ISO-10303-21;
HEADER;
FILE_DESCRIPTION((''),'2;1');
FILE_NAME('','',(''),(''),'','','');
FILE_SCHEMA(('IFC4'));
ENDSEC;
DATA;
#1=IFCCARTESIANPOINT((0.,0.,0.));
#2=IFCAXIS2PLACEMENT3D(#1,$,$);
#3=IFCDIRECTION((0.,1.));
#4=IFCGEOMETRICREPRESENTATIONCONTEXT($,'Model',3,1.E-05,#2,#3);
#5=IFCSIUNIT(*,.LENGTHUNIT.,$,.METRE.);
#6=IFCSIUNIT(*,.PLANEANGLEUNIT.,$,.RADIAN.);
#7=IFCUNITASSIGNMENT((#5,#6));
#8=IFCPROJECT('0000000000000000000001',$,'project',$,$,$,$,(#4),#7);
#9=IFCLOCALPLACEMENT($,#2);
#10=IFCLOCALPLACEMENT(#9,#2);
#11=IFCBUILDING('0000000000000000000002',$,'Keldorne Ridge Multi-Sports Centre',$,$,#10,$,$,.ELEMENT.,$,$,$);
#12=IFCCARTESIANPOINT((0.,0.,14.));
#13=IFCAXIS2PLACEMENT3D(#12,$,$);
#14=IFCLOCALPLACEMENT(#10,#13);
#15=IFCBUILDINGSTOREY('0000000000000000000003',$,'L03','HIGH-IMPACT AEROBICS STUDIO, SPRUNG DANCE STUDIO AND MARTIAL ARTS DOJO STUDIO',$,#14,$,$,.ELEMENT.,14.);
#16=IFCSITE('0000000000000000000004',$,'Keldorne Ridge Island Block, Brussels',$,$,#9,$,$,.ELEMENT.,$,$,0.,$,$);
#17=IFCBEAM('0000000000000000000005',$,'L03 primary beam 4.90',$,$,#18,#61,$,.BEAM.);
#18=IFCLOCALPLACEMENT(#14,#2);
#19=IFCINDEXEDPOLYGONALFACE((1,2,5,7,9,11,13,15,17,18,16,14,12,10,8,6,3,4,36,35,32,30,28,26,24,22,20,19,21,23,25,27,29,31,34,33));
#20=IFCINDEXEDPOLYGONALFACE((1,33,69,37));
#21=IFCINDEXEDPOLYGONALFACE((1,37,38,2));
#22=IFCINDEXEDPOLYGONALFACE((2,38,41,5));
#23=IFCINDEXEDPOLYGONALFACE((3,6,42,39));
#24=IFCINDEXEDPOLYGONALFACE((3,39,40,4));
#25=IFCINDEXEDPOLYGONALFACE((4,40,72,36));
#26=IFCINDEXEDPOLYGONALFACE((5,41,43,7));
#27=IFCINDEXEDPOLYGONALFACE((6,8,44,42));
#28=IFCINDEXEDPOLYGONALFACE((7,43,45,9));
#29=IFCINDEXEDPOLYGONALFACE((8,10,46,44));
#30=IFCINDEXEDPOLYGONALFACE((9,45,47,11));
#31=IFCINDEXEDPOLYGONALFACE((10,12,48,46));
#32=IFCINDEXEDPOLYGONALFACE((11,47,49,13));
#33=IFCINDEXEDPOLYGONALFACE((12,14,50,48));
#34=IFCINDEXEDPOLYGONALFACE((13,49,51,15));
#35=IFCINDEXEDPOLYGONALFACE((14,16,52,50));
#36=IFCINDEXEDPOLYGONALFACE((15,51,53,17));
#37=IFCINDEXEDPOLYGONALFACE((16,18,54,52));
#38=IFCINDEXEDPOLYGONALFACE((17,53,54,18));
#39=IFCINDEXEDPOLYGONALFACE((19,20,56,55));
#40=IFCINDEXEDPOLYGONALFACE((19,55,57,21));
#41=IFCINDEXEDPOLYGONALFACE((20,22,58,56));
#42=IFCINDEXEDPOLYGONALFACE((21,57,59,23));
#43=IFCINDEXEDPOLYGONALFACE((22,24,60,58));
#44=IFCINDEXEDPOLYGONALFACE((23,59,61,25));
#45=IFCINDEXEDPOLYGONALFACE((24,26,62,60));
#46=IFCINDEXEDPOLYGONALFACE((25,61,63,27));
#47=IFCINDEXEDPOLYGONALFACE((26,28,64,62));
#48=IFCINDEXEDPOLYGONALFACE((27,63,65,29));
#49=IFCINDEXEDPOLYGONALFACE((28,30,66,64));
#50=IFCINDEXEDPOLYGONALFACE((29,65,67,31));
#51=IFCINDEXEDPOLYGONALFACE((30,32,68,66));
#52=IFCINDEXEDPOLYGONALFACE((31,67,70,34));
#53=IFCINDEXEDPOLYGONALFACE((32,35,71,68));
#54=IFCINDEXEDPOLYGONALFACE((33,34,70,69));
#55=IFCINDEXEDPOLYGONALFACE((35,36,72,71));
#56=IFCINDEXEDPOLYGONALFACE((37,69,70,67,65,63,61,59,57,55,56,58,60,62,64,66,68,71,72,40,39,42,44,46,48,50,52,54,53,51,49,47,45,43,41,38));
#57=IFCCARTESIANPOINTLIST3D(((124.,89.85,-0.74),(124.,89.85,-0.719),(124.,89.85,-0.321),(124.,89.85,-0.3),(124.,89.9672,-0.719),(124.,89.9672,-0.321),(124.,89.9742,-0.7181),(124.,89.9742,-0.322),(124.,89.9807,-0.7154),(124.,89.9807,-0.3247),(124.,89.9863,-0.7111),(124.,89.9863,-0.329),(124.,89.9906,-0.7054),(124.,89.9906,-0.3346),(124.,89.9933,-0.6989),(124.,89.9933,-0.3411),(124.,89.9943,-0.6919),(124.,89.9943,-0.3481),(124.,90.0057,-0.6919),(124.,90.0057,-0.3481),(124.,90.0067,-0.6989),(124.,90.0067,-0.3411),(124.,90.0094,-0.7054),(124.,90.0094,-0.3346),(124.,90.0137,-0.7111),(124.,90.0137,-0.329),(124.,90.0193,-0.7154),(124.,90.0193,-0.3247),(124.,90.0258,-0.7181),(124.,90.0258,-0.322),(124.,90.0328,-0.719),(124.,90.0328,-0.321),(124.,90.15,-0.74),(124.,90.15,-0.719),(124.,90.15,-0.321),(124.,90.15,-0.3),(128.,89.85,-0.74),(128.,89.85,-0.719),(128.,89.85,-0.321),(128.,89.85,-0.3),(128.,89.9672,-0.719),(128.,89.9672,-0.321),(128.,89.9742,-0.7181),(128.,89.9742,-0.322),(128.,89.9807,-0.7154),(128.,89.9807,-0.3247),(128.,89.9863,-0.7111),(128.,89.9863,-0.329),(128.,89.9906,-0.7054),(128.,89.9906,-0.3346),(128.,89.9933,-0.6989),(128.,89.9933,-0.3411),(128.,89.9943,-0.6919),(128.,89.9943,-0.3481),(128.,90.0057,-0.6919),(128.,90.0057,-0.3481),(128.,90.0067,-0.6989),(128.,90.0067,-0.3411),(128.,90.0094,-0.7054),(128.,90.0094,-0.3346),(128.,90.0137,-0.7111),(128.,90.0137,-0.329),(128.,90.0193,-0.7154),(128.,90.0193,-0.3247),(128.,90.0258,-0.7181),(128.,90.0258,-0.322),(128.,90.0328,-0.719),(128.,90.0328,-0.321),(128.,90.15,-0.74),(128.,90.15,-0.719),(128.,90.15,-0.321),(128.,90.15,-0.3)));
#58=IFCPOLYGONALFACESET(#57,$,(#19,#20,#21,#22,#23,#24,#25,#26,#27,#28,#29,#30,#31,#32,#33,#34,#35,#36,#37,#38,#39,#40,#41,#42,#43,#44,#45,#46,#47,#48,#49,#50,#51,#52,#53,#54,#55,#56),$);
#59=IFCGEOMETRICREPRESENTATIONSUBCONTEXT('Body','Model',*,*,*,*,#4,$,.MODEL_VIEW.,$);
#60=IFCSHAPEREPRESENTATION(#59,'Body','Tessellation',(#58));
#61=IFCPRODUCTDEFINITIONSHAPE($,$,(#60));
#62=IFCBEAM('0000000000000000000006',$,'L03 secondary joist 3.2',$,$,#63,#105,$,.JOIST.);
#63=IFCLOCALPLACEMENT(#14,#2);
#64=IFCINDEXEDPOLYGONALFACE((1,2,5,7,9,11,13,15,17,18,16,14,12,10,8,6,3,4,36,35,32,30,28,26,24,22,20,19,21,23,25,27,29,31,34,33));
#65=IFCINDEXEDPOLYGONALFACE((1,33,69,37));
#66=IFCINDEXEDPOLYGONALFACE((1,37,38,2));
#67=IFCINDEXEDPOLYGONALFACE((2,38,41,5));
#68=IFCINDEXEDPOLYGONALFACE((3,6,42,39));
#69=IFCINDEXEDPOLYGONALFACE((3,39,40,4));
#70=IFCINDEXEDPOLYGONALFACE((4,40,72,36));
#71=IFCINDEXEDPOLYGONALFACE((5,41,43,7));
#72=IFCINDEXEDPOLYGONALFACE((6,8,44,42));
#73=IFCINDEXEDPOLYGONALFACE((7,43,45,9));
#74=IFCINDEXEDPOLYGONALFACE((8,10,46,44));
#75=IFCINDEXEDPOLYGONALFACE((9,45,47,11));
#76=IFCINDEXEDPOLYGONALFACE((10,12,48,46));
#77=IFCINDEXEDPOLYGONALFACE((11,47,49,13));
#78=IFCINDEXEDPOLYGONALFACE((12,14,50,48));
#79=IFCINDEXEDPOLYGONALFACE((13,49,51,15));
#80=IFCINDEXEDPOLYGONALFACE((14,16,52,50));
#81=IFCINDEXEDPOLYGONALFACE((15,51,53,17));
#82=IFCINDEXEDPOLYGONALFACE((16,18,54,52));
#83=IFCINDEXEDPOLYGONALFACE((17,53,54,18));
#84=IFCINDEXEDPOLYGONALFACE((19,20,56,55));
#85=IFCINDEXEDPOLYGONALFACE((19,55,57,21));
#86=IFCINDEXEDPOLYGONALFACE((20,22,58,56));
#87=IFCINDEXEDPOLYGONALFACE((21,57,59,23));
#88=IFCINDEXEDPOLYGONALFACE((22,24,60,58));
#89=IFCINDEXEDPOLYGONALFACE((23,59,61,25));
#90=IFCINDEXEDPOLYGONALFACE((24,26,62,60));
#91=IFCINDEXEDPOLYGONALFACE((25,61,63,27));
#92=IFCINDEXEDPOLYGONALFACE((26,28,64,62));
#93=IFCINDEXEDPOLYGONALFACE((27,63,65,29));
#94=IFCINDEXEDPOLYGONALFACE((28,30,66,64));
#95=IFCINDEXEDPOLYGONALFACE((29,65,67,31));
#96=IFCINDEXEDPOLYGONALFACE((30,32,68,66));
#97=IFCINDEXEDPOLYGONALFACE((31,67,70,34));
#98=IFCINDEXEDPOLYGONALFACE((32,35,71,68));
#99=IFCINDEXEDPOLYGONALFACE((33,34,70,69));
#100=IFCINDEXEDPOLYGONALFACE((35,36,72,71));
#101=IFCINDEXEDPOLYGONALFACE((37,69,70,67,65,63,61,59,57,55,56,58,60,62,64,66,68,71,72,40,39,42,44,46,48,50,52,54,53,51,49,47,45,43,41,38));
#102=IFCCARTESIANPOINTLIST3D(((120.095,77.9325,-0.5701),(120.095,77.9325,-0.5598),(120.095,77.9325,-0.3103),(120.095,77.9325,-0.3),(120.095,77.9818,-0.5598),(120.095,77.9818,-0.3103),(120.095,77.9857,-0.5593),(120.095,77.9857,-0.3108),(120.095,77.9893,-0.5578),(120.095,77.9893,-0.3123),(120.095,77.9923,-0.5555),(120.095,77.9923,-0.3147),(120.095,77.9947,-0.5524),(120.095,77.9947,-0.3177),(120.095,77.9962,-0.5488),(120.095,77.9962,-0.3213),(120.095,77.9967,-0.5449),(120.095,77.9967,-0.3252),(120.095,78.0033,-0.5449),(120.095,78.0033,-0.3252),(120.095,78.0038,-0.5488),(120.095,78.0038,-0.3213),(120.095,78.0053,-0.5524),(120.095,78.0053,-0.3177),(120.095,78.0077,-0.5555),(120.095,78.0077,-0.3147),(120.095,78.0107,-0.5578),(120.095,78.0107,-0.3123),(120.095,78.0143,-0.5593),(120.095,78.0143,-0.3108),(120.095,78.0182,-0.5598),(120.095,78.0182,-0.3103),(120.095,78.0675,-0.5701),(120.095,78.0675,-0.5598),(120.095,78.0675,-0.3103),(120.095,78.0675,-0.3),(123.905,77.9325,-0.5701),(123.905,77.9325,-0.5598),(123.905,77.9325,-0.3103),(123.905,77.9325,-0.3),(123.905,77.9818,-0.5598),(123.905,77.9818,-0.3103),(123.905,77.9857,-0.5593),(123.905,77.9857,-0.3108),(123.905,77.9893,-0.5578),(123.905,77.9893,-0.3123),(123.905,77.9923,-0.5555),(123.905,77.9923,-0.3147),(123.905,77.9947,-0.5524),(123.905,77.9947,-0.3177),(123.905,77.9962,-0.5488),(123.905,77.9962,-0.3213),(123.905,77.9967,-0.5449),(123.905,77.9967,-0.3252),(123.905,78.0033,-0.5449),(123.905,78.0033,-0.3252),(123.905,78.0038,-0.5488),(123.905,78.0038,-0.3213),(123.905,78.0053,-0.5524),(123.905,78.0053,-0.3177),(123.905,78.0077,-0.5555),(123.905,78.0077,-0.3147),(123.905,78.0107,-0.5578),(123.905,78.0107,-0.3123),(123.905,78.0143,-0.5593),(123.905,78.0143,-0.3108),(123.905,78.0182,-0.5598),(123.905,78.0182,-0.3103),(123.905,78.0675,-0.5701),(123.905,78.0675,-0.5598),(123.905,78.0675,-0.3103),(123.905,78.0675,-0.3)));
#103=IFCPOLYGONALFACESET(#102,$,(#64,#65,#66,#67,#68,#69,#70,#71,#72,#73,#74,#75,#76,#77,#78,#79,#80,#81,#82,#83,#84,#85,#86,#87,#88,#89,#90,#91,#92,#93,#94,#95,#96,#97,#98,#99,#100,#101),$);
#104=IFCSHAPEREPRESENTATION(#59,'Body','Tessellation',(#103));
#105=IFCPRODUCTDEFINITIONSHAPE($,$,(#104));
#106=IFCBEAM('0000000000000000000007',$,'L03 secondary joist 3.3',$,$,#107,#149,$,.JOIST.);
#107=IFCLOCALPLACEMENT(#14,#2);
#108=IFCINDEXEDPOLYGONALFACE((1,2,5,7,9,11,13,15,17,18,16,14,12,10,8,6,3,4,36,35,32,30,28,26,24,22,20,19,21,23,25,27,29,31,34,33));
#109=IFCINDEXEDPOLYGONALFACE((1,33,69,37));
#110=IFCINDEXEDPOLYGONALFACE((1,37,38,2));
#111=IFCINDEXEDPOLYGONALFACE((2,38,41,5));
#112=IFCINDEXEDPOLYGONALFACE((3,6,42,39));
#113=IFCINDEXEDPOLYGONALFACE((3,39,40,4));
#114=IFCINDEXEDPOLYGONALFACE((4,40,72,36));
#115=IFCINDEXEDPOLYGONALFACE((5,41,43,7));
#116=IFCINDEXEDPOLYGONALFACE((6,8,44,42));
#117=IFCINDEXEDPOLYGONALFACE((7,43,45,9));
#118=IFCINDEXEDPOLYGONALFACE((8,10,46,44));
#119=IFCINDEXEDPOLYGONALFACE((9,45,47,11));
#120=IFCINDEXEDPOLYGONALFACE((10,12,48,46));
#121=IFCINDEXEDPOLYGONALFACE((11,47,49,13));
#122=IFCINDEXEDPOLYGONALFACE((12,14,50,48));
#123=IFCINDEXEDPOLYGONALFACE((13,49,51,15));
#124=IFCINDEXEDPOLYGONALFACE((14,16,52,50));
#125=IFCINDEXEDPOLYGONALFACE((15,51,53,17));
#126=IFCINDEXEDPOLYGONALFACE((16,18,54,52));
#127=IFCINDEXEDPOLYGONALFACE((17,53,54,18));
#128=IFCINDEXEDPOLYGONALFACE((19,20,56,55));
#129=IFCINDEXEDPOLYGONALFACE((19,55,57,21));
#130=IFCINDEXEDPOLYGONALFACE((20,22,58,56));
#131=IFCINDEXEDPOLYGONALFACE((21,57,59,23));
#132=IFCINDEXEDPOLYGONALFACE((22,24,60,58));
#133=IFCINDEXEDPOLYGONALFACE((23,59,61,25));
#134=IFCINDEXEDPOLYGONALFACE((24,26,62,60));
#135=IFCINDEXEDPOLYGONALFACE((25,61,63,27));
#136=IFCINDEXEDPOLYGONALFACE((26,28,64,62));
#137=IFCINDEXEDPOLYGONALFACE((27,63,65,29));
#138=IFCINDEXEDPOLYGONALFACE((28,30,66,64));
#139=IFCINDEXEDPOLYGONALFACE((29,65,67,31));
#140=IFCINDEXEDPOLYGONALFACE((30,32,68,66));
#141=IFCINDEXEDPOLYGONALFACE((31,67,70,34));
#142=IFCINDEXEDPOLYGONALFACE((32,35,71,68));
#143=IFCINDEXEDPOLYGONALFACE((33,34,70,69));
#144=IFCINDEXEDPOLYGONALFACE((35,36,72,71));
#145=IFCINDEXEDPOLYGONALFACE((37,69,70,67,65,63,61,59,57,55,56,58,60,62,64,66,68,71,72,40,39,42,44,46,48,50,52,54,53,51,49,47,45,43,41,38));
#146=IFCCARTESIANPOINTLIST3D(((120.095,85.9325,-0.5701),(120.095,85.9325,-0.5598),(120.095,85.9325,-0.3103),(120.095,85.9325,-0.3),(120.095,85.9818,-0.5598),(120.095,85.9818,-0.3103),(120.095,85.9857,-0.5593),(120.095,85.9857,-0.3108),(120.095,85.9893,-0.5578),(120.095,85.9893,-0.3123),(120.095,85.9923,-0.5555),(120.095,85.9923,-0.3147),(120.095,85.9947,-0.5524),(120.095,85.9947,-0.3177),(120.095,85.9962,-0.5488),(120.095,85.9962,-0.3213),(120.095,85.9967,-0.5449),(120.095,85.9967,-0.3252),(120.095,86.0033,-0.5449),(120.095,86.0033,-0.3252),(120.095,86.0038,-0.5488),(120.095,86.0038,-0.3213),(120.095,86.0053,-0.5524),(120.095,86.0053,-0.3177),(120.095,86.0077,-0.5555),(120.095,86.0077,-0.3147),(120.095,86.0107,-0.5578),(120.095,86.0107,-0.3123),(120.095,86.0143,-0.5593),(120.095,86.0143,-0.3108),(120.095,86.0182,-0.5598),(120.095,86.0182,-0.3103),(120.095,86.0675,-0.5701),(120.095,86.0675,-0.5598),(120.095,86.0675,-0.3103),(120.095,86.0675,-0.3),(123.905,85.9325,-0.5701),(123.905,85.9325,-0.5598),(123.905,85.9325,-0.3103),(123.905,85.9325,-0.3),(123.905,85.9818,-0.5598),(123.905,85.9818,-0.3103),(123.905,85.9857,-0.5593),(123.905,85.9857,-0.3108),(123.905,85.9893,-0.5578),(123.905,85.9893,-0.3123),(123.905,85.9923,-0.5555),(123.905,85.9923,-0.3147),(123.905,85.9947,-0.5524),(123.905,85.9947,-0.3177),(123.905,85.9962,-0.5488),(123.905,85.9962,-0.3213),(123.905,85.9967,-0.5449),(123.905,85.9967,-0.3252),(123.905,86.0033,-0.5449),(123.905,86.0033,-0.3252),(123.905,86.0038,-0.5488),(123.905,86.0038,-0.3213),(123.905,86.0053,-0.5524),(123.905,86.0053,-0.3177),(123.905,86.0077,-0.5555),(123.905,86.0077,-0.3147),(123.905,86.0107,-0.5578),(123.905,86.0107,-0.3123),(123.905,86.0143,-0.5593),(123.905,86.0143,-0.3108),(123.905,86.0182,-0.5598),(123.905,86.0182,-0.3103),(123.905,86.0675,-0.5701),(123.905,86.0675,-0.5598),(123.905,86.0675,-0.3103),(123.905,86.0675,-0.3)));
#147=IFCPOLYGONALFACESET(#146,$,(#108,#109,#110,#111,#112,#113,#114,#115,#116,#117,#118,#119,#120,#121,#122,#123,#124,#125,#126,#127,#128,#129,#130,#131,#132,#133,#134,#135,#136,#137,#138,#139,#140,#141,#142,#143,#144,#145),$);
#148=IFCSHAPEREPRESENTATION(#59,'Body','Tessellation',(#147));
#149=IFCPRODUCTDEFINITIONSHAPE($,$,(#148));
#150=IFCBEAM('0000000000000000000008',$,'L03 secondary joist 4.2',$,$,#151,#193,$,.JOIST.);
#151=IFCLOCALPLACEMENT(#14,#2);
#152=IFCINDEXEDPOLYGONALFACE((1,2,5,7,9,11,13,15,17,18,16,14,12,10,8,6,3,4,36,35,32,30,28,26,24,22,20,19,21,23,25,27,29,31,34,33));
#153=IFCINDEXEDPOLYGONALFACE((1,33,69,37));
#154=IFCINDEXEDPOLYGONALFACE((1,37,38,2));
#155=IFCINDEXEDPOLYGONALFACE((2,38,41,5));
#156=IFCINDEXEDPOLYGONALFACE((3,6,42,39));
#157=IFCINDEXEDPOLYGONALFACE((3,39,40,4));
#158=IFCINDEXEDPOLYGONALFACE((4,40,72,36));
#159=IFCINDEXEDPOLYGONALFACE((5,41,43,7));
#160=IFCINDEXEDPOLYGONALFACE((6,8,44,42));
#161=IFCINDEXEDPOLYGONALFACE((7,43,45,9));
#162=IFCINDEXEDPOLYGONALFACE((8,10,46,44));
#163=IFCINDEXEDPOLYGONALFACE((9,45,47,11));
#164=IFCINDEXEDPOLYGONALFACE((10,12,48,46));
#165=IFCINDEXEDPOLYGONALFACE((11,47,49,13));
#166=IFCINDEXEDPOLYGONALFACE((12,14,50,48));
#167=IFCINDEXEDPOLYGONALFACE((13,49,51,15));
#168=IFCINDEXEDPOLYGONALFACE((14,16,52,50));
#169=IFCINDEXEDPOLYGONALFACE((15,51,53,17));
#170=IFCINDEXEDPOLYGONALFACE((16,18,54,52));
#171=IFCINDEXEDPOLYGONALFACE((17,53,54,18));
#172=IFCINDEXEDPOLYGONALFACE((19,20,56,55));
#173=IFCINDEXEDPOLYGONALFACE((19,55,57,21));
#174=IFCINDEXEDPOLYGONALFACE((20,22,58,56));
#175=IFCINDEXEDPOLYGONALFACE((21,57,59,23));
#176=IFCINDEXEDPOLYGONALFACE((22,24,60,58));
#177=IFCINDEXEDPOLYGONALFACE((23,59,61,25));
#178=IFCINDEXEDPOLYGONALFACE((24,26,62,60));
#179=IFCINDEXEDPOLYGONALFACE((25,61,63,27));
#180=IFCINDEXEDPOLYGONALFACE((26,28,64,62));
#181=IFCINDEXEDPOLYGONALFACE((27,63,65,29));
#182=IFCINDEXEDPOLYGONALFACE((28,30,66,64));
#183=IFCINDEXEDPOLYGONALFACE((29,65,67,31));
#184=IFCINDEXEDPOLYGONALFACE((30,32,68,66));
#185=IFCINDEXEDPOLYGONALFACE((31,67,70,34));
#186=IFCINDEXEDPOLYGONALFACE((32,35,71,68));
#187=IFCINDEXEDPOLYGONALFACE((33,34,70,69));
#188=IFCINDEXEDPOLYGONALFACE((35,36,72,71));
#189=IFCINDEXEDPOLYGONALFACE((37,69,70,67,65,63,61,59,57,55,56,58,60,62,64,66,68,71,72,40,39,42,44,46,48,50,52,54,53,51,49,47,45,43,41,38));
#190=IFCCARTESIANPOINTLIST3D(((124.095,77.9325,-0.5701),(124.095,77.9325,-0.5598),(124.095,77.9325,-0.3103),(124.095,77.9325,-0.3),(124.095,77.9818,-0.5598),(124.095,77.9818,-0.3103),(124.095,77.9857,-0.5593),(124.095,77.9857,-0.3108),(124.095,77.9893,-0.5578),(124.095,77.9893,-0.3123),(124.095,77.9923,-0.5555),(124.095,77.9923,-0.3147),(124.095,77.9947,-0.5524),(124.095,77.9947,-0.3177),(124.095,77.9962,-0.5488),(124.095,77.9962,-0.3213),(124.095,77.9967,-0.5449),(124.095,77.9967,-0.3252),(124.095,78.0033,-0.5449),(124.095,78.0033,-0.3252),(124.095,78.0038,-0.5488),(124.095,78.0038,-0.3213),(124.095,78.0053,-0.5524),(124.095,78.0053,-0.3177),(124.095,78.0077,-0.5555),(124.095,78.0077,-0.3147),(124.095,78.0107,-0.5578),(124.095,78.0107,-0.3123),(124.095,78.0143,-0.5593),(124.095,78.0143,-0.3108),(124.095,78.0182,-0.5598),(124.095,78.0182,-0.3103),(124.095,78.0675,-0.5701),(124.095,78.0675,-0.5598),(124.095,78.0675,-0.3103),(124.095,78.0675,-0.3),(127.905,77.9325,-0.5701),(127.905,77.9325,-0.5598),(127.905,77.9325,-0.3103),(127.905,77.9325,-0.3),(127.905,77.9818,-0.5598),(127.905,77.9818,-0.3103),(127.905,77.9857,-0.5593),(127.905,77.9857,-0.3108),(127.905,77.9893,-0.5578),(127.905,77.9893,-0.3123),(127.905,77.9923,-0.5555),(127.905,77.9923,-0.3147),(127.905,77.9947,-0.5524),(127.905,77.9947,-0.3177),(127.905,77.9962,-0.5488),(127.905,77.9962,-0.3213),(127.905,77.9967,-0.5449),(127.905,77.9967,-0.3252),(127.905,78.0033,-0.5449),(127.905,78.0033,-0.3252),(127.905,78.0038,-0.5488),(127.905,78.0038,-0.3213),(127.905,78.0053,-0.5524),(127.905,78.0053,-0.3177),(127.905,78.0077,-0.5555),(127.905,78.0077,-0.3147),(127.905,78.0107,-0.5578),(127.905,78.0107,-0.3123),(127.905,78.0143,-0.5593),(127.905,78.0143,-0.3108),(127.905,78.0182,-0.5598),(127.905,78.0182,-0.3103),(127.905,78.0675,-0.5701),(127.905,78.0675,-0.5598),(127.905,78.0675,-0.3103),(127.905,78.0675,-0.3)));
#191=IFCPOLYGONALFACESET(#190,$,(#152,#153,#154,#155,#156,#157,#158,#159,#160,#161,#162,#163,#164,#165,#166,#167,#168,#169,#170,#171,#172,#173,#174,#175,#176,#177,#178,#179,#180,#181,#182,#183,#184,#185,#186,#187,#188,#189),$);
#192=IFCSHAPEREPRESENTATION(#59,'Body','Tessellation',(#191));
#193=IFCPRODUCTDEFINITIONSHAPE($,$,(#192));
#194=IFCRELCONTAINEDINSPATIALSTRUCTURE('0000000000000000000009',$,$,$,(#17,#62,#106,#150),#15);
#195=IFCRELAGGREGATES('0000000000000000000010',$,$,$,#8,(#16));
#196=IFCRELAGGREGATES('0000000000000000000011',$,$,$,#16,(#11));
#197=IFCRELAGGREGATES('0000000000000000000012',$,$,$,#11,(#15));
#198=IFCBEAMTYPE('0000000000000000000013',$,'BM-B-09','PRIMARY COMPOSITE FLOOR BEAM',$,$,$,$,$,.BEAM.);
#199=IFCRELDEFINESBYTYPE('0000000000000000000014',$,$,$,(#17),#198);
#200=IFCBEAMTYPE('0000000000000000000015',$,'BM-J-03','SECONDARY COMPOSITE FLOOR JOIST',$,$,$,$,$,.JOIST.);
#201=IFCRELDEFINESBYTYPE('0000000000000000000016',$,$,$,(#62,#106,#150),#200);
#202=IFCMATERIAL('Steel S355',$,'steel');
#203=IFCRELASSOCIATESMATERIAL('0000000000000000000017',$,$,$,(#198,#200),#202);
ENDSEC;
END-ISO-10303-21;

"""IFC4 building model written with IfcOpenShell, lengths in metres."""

from ifc_helpers import new_model, si_unit, direction, frame, origin, origin_2d, place, context, subcontext, project, spatial, i_section, extrude, material, material_profile, profile_set, type_object, element, save


model = new_model("IFC4")

# Units and contexts
model_context = context("Model", 3, precision=1e-05, world=origin(), true_north=direction((0.0, 1.0)))
body_context = subcontext(model_context, "Body", "Model", "MODEL_VIEW")
ifc_project = project(units=[si_unit("LENGTHUNIT", "METRE"), si_unit("PLANEANGLEUNIT", "RADIAN")], contexts=[model_context])

# Site, building, storey
site_placement = place(None, origin())
site = spatial("IfcSite", under=ifc_project, at=site_placement, Name="Keldorne Ridge Island Block, Brussels", CompositionType="ELEMENT", RefElevation=0.0)
building_placement = place(site_placement, origin())
building = spatial("IfcBuilding", under=site, at=building_placement, Name="Keldorne Ridge Multi-Sports Centre", CompositionType="ELEMENT")
storey_placement = place(building_placement, frame((0.0, 0.0, 14.0)))
storey = spatial("IfcBuildingStorey", under=building, at=storey_placement, Name="L03", Description="HIGH-IMPACT AEROBICS STUDIO, SPRUNG DANCE STUDIO AND MARTIAL ARTS DOJO STUDIO", CompositionType="ELEMENT", Elevation=14.0)

# Shared definitions
ifc_material_1 = material(Name="Steel S355", Category="steel")

# Beams
ifc_material_profile_1 = material_profile(ifc_material_1, i_section(OverallWidth=0.3, OverallDepth=0.4399, WebThickness=0.0115, FlangeThickness=0.021, FilletRadius=0.0271, at=origin_2d()), Name="HEA 450")
ifc_profile_set_1 = profile_set([ifc_material_profile_1], Name="Steel S355")
beam_type_1 = type_object("IfcBeamType", Name="BM-B-09", Description="PRIMARY COMPOSITE FLOOR BEAM", PredefinedType="BEAM", material=ifc_profile_set_1)
for number, where, z_axis, x_axis, name in (
    (1, (124.0, 90.0, -0.52), (1.0, 0.0, 0.0), (0.0, 1.0, 0.0), "L03 primary beam 4.90"),
):
    element("IfcBeam", number, at=place(storey_placement, frame(where, z_axis=z_axis, x_axis=x_axis)), inside=storey, type_object=beam_type_1, Name=name, PredefinedType="BEAM", context=body_context, shape_type="SweptSolid", body=[
        extrude(i_section(OverallWidth=0.3, OverallDepth=0.4399, WebThickness=0.0115, FlangeThickness=0.021, FilletRadius=0.0271, at=origin_2d()), origin(), (0.0, 0.0, 1.0), 4.0),
    ])
ifc_material_profile_2 = material_profile(ifc_material_1, i_section(OverallWidth=0.135, OverallDepth=0.27, WebThickness=0.0066, FlangeThickness=0.0103, FilletRadius=0.0149, at=origin_2d()), Name="IPE 270")
ifc_profile_set_2 = profile_set([ifc_material_profile_2], Name="Steel S355")
beam_type_2 = type_object("IfcBeamType", Name="BM-J-03", Description="SECONDARY COMPOSITE FLOOR JOIST", PredefinedType="JOIST", material=ifc_profile_set_2)
for number, where, z_axis, x_axis, name in (
    (2, (120.095, 78.0, -0.4351), (1.0, 0.0, 0.0), (0.0, 1.0, 0.0), "L03 secondary joist 3.2"),
    (3, (120.095, 86.0, -0.4351), (1.0, 0.0, 0.0), (0.0, 1.0, 0.0), "L03 secondary joist 3.3"),
    (4, (124.095, 78.0, -0.4351), (1.0, 0.0, 0.0), (0.0, 1.0, 0.0), "L03 secondary joist 4.2"),
):
    element("IfcBeam", number, at=place(storey_placement, frame(where, z_axis=z_axis, x_axis=x_axis)), inside=storey, type_object=beam_type_2, Name=name, PredefinedType="JOIST", context=body_context, shape_type="SweptSolid", body=[
        extrude(i_section(OverallWidth=0.135, OverallDepth=0.27, WebThickness=0.0066, FlangeThickness=0.0103, FilletRadius=0.0149, at=origin_2d()), origin(), (0.0, 0.0, 1.0), 3.8101),
    ])

save(model, "model.ifc")
